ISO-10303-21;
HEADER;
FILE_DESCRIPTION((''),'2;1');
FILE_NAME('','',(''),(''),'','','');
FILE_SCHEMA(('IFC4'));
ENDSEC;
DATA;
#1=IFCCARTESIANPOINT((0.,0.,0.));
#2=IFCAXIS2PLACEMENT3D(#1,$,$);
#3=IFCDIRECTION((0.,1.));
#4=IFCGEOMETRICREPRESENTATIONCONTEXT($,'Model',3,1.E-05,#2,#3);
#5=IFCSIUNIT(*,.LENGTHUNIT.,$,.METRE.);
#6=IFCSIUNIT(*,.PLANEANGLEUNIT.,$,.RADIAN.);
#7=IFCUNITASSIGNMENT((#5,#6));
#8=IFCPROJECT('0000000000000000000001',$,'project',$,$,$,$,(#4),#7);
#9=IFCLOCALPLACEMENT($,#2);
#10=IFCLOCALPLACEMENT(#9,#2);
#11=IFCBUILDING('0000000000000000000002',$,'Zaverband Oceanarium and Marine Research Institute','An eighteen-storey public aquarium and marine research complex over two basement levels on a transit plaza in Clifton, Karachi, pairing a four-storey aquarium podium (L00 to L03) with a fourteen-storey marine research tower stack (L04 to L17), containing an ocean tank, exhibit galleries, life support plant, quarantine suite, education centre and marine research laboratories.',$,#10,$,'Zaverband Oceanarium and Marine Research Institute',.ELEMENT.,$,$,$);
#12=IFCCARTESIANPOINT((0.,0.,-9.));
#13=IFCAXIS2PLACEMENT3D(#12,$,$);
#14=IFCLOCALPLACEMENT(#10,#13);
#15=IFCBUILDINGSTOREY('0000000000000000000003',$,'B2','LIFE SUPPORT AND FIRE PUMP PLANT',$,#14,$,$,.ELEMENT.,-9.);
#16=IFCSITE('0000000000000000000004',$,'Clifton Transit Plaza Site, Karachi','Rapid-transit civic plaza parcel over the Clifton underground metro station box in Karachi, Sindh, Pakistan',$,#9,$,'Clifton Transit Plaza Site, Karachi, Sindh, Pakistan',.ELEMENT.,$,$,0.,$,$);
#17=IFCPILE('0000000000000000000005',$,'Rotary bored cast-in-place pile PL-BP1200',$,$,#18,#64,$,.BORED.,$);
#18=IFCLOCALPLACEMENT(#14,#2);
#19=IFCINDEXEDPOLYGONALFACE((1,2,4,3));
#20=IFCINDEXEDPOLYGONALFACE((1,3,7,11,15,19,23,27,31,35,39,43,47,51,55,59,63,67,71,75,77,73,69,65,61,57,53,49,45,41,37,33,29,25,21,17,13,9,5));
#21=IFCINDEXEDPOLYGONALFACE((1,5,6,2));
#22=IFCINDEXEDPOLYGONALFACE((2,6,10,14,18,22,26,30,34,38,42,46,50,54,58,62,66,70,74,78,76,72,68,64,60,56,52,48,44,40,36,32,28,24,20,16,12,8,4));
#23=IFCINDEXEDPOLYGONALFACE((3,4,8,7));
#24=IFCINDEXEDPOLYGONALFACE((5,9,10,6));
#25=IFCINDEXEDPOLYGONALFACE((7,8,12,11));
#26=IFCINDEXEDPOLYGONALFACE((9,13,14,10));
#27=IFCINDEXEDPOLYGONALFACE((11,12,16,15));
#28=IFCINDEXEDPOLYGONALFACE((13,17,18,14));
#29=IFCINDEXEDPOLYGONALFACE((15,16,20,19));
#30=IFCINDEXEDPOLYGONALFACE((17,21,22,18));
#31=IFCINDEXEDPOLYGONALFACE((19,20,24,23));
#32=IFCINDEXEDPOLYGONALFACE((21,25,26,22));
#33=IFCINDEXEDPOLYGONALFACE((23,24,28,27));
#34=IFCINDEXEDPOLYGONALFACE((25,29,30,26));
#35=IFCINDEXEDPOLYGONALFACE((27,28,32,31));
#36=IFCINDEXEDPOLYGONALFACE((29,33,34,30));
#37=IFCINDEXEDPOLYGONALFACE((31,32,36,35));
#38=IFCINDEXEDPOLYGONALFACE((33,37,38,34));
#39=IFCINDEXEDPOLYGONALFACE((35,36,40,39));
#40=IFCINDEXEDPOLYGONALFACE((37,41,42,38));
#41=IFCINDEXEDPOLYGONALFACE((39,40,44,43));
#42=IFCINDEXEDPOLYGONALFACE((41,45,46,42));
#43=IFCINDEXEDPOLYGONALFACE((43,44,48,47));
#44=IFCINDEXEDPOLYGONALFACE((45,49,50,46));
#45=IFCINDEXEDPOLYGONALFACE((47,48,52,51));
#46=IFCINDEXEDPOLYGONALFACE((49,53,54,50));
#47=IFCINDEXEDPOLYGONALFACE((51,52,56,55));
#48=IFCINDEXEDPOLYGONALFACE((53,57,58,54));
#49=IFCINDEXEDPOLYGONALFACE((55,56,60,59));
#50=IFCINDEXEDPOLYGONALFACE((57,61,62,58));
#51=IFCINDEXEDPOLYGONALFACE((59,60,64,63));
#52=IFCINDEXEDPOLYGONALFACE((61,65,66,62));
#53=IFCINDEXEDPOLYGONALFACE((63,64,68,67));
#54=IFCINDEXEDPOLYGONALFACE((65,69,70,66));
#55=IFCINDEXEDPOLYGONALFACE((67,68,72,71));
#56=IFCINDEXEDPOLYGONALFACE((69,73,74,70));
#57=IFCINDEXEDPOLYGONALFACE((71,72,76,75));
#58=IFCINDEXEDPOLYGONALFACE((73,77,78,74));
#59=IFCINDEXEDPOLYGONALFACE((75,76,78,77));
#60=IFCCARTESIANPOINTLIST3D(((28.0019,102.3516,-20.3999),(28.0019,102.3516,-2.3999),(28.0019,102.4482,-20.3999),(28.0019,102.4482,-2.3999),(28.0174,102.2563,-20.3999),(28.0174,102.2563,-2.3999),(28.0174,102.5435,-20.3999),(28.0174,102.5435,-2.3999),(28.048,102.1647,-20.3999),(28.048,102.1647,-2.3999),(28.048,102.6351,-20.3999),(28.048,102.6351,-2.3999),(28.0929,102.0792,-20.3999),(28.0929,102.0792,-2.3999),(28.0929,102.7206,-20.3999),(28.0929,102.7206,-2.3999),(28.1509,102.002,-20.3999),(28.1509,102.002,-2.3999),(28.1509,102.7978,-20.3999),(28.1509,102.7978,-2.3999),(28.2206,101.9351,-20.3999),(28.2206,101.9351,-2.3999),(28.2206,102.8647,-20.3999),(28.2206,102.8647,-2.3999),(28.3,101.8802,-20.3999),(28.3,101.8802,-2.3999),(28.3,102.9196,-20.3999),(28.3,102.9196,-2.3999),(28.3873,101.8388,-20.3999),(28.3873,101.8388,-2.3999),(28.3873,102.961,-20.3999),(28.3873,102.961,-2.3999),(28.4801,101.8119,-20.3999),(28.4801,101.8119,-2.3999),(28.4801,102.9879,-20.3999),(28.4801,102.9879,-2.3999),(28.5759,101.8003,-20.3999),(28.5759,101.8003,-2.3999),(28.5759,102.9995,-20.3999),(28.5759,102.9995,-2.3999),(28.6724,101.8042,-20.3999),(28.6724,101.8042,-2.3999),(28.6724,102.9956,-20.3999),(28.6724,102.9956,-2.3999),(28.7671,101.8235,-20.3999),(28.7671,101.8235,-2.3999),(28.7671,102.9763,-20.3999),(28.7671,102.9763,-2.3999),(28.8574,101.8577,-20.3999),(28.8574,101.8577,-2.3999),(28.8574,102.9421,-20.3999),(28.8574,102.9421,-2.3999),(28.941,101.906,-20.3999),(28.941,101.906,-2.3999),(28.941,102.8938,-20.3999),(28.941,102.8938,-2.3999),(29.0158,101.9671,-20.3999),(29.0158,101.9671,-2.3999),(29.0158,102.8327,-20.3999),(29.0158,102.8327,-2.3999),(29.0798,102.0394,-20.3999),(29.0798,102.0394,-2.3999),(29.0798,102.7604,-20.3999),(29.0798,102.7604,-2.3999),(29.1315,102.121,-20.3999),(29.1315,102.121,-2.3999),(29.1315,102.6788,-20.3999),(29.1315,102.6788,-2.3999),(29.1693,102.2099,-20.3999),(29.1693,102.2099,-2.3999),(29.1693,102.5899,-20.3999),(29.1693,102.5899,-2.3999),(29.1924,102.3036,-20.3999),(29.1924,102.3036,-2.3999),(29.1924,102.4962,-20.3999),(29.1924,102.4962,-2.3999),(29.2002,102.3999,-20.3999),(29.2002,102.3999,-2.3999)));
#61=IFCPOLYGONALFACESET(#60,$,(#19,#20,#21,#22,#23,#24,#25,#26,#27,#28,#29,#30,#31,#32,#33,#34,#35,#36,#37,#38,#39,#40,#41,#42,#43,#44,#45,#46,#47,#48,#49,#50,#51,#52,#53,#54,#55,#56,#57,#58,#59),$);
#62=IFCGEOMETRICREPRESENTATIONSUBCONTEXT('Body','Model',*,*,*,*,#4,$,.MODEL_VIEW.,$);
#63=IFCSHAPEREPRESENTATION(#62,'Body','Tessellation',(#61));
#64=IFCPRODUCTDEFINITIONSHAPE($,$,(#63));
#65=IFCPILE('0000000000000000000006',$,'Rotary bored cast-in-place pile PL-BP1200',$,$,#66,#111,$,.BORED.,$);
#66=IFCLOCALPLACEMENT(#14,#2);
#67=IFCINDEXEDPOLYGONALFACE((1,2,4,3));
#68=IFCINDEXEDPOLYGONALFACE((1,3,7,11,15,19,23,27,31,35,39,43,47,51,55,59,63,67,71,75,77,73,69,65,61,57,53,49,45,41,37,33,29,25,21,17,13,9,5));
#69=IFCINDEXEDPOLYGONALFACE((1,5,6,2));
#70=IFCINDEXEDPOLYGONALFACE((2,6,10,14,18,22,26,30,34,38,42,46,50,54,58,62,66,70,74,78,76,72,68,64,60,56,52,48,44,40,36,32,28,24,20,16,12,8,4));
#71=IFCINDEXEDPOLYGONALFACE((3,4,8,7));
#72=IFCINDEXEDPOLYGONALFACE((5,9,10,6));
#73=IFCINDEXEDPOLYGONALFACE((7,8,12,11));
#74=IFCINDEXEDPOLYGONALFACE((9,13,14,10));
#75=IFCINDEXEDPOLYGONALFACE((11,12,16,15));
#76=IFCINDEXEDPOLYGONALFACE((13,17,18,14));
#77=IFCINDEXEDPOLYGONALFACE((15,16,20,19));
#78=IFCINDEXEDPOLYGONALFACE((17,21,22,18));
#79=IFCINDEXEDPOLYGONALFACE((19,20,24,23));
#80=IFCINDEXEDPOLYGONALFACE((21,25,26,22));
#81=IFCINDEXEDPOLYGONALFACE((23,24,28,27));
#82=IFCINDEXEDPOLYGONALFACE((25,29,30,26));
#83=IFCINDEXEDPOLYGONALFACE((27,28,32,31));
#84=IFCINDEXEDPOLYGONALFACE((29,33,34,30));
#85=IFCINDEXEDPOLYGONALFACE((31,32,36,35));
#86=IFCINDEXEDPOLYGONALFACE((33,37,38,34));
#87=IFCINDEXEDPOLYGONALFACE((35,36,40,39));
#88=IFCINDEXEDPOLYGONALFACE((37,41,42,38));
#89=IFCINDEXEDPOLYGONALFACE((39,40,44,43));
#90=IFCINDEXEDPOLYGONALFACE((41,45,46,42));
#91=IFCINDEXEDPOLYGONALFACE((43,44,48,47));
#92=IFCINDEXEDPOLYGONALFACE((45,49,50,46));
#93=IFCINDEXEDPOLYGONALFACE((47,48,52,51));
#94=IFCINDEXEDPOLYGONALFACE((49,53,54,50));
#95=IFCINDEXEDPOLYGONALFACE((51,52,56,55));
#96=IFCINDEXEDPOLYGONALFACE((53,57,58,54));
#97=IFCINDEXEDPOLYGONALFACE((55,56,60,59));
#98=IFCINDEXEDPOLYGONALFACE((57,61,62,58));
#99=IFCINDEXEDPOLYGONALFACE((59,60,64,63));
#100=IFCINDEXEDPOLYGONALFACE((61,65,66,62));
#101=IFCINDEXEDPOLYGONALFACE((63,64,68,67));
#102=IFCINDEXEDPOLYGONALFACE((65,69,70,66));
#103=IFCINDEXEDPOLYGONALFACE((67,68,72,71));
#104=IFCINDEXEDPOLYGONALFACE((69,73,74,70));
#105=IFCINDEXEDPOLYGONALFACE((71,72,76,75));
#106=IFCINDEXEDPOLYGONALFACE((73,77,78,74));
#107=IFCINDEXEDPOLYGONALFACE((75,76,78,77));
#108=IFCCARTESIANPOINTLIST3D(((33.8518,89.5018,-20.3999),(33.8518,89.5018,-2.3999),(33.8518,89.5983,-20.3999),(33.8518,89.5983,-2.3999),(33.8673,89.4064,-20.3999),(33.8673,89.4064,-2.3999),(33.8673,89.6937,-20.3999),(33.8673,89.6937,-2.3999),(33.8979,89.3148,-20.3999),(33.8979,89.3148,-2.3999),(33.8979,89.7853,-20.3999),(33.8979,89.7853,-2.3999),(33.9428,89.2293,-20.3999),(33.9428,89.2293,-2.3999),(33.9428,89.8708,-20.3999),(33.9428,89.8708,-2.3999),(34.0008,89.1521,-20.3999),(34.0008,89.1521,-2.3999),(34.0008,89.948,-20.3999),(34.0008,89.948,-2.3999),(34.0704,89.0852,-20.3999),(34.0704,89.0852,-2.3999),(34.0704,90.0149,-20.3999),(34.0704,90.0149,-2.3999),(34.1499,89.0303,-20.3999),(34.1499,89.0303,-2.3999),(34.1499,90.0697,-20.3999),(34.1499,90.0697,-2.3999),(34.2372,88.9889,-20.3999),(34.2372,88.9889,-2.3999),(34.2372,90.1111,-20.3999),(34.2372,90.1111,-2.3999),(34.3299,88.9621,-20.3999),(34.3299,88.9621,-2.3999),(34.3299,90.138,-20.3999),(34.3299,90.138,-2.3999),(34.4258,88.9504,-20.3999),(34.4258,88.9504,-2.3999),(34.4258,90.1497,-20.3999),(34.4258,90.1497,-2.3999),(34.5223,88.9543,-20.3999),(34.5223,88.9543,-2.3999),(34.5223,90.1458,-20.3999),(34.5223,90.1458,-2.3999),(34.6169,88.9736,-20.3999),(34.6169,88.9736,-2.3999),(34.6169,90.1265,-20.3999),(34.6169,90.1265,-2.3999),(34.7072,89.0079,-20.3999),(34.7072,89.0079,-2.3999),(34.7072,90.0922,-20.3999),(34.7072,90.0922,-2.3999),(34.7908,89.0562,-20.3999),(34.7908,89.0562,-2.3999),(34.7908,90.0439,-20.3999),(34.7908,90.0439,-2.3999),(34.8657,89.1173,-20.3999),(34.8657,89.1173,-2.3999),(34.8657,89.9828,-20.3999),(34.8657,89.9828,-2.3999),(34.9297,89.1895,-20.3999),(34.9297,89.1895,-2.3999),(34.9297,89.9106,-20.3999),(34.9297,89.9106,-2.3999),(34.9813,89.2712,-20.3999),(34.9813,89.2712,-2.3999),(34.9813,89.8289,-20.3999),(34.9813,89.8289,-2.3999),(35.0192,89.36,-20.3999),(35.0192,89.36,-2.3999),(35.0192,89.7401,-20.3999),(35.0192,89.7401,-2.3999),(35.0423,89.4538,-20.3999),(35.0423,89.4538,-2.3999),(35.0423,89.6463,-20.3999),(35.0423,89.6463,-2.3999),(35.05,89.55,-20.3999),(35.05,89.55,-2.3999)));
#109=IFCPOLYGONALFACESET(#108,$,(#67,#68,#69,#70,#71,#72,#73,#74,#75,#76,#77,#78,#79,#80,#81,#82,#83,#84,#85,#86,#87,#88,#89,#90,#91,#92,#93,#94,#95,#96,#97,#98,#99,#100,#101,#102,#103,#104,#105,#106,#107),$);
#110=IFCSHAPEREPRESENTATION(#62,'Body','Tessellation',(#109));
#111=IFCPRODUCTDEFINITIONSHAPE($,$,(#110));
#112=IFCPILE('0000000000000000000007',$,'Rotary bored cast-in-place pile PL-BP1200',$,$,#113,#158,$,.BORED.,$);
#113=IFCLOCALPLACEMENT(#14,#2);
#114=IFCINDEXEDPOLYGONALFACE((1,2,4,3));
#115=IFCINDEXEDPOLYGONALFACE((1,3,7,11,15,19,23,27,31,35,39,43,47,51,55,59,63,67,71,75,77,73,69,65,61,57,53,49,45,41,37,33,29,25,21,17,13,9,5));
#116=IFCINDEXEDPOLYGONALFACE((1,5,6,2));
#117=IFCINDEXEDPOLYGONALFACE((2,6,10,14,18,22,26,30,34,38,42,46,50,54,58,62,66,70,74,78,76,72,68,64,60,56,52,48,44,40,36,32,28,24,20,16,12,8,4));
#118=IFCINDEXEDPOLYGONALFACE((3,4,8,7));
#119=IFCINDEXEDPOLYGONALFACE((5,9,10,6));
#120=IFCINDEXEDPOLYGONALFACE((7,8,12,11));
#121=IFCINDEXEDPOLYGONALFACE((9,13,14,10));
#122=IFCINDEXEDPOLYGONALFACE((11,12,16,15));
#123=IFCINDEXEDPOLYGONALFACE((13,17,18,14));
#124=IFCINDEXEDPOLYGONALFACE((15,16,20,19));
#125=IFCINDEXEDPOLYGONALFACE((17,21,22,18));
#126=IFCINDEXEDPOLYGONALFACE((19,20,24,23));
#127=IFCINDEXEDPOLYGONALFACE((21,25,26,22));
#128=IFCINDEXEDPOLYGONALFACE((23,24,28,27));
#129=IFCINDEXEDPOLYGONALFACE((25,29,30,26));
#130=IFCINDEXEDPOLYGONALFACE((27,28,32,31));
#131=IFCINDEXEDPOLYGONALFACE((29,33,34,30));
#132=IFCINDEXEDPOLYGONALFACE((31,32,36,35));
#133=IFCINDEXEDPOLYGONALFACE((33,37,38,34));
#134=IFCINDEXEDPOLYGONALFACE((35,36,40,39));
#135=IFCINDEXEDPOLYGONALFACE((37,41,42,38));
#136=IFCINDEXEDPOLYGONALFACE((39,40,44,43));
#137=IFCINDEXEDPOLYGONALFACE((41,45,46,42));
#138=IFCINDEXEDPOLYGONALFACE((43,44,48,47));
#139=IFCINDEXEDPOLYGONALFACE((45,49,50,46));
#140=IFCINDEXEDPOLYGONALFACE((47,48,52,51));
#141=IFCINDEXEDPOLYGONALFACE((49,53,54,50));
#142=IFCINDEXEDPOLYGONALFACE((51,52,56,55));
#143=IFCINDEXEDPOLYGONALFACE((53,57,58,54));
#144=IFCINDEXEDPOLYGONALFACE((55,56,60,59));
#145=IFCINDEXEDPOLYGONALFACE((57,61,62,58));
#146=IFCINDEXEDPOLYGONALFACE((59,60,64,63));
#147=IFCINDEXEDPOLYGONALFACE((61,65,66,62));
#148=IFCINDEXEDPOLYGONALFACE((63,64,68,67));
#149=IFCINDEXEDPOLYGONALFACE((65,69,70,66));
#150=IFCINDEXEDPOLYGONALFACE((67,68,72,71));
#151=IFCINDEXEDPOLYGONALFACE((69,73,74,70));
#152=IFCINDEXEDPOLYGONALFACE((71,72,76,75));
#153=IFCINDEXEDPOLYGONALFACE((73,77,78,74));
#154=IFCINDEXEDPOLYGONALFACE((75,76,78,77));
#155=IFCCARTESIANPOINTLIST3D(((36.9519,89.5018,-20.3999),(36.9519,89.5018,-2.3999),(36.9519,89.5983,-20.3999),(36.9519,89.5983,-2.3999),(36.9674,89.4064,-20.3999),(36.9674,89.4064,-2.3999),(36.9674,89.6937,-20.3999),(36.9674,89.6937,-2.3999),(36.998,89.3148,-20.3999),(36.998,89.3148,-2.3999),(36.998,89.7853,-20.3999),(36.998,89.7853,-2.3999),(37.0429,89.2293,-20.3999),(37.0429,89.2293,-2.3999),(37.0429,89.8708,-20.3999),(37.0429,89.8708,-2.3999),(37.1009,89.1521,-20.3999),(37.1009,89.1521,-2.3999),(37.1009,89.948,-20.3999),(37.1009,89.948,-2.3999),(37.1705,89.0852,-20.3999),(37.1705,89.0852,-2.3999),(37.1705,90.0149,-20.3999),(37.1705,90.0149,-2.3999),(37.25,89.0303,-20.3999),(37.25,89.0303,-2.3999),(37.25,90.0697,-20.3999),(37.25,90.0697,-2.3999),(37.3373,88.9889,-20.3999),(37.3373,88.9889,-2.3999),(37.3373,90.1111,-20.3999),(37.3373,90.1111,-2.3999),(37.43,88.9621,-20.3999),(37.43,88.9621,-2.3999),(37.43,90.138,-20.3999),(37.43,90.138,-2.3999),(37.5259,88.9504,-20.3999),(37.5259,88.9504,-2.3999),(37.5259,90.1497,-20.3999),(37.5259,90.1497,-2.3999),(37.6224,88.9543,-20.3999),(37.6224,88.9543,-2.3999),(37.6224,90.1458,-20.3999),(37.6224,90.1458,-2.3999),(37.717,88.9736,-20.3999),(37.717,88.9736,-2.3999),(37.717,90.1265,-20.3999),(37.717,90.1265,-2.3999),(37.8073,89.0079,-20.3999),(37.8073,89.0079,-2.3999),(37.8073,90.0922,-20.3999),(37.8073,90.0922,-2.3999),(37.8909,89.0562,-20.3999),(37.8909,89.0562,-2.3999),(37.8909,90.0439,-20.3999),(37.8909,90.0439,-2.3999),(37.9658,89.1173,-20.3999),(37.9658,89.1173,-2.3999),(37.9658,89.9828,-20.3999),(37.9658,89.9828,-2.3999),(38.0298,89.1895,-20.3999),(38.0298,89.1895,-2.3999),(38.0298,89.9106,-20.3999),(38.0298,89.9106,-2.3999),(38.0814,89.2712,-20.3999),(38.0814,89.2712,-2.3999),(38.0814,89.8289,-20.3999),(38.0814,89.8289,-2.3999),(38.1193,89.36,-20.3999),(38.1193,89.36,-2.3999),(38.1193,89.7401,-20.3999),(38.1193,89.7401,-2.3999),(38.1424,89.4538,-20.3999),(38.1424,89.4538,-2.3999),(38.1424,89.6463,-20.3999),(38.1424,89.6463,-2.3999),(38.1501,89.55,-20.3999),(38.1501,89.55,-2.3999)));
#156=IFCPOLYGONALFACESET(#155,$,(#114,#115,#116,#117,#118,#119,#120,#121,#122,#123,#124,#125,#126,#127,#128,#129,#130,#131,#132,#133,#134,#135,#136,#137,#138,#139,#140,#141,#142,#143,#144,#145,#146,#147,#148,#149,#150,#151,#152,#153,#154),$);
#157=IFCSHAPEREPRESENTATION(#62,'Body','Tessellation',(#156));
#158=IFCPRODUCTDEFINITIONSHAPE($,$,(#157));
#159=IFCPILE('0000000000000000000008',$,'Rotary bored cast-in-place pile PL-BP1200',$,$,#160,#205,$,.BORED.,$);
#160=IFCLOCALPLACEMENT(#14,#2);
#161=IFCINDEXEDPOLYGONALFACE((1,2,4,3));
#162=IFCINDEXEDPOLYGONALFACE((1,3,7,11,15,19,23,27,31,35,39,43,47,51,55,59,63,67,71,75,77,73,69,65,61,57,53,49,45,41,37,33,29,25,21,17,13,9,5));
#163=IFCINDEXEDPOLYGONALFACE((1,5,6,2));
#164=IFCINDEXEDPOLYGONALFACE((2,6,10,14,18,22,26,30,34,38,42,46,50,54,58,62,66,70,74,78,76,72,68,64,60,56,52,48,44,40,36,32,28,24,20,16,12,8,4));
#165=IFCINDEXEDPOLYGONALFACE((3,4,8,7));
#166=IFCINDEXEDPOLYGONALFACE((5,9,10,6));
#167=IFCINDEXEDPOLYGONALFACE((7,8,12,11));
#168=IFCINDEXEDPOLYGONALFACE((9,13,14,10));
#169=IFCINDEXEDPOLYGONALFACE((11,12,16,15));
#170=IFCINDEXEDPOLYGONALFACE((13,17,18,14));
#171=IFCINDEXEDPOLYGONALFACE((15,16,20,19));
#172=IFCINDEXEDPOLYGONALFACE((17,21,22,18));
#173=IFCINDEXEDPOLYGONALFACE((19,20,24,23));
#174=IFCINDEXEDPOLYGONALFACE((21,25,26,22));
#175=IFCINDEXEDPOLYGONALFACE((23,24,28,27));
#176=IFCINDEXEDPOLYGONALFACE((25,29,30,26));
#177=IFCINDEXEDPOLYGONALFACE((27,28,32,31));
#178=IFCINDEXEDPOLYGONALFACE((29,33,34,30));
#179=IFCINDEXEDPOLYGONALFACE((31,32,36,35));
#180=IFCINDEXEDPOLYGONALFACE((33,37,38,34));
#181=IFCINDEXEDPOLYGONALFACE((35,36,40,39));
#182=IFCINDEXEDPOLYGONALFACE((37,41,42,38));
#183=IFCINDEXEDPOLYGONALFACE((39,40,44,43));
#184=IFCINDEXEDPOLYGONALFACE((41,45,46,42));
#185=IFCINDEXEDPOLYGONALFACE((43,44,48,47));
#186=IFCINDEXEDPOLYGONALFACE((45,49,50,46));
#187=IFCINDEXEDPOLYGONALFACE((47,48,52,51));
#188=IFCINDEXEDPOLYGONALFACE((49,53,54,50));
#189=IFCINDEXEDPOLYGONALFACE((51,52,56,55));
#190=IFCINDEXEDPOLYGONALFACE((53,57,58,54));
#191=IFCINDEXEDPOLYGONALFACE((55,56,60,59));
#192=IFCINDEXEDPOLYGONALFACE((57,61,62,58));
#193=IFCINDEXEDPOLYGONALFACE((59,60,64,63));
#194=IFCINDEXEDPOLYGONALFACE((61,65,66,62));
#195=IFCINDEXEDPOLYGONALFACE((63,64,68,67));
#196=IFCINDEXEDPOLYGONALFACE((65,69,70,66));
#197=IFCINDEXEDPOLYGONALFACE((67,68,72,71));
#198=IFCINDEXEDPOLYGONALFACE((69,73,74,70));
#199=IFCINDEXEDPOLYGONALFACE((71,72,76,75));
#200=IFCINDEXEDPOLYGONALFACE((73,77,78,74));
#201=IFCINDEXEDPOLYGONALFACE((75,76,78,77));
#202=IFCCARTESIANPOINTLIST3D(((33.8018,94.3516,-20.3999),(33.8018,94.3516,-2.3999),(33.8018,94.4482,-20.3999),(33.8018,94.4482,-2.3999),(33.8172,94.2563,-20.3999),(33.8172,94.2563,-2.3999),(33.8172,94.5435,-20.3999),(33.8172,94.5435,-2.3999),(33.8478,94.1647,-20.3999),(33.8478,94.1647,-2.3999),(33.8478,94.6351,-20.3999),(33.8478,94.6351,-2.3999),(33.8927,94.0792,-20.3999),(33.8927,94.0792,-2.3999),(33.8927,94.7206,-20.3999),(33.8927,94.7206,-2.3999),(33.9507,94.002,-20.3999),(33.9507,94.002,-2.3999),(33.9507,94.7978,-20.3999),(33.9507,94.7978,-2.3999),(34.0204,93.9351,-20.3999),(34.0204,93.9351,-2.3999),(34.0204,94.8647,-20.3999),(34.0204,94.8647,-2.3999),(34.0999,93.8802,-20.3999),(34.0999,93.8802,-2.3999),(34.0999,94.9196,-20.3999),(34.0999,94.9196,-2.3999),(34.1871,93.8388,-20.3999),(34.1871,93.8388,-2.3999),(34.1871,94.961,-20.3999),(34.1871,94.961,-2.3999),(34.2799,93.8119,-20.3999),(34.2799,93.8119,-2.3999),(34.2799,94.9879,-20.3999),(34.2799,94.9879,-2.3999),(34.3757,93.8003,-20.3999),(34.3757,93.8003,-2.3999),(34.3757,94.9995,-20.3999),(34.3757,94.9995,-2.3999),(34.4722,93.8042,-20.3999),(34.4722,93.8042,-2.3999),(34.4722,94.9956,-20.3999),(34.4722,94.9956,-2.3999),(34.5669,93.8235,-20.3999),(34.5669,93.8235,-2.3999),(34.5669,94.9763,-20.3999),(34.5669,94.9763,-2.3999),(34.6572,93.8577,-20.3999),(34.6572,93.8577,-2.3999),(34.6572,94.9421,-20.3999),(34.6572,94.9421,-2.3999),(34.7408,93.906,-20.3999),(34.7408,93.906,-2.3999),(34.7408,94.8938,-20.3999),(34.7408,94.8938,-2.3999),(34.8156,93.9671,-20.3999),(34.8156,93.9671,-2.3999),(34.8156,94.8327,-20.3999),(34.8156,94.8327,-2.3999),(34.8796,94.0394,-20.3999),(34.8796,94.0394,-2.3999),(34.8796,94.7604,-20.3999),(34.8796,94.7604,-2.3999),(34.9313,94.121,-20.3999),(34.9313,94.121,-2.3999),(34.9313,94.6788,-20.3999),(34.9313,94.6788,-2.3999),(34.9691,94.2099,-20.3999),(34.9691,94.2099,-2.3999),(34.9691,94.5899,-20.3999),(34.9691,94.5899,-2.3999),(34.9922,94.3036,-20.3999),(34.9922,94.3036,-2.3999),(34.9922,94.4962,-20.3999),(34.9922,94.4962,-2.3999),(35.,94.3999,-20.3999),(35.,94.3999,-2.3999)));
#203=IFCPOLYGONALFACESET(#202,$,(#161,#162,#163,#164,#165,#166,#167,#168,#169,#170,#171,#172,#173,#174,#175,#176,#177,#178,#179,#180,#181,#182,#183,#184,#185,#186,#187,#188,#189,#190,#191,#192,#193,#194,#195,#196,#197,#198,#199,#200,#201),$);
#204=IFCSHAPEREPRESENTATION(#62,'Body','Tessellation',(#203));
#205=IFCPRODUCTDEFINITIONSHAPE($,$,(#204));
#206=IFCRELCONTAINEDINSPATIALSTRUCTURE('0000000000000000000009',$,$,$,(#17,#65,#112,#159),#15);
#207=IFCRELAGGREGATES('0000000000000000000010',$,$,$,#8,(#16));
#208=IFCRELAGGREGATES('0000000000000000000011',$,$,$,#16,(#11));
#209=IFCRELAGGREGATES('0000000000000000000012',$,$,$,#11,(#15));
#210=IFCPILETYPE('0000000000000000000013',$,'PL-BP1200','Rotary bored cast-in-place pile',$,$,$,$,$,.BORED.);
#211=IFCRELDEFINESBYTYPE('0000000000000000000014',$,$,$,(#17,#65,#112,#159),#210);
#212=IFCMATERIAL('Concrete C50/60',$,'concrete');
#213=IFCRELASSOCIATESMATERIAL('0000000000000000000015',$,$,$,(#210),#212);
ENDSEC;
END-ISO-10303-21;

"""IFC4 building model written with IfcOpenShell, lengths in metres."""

from ifc_helpers import new_model, si_unit, direction, frame, origin, origin_2d, place, context, subcontext, project, spatial, circle, extrude, material, material_profile, profile_set, type_object, element, save


model = new_model("IFC4")

# Units and contexts
model_context = context("Model", 3, precision=1e-05, world=origin(), true_north=direction((0.0, 1.0)))
body_context = subcontext(model_context, "Body", "Model", "MODEL_VIEW")
ifc_project = project(units=[si_unit("LENGTHUNIT", "METRE"), si_unit("PLANEANGLEUNIT", "RADIAN")], contexts=[model_context])

# Site, building, storey
site_placement = place(None, origin())
site = spatial("IfcSite", under=ifc_project, at=site_placement, Name="Clifton Transit Plaza Site, Karachi", Description="Rapid-transit civic plaza parcel over the Clifton underground metro station box in Karachi, Sindh, Pakistan", LongName="Clifton Transit Plaza Site, Karachi, Sindh, Pakistan", CompositionType="ELEMENT", RefElevation=0.0)
building_placement = place(site_placement, origin())
building = spatial("IfcBuilding", under=site, at=building_placement, Name="Zaverband Oceanarium and Marine Research Institute", Description="An eighteen-storey public aquarium and marine research complex over two basement levels on a transit plaza in Clifton, Karachi, pairing a four-storey aquarium podium (L00 to L03) with a fourteen-storey marine research tower stack (L04 to L17), containing an ocean tank, exhibit galleries, life support plant, quarantine suite, education centre and marine research laboratories.", LongName="Zaverband Oceanarium and Marine Research Institute", CompositionType="ELEMENT")
storey_placement = place(building_placement, frame((0.0, 0.0, -9.0)))
storey = spatial("IfcBuildingStorey", under=building, at=storey_placement, Name="B2", Description="LIFE SUPPORT AND FIRE PUMP PLANT", CompositionType="ELEMENT", Elevation=-9.0)

# Shared definitions
ifc_material_1 = material(Name="Concrete C50/60", Category="concrete")

# Piles
ifc_material_profile_1 = material_profile(ifc_material_1, circle(Radius=0.6001, at=origin_2d()), Name="BP1200")
ifc_profile_set_1 = profile_set([ifc_material_profile_1], Name="Concrete C50/60")
pile_type = type_object("IfcPileType", Name="PL-BP1200", Description="Rotary bored cast-in-place pile", PredefinedType="BORED", material=ifc_profile_set_1)
for number, where, z_axis, x_axis, name in (
    (1, (28.6001, 102.3999, -2.3999), (0.0, 0.0, -1.0), (1.0, 0.0, 0.0), "Rotary bored cast-in-place pile PL-BP1200"),
    (2, (34.45, 89.55, -2.3999), (0.0, 0.0, -1.0), (1.0, 0.0, 0.0), "Rotary bored cast-in-place pile PL-BP1200"),
    (3, (37.55, 89.55, -2.3999), (0.0, 0.0, -1.0), (1.0, 0.0, 0.0), "Rotary bored cast-in-place pile PL-BP1200"),
    (4, (34.3999, 94.3999, -2.3999), (0.0, 0.0, -1.0), (1.0, 0.0, 0.0), "Rotary bored cast-in-place pile PL-BP1200"),
):
    element("IfcPile", number, at=place(storey_placement, frame(where, z_axis=z_axis, x_axis=x_axis)), inside=storey, type_object=pile_type, Name=name, PredefinedType="BORED", context=body_context, shape_type="SweptSolid", body=[
        extrude(circle(Radius=0.6001, at=origin_2d()), origin(), (0.0, 0.0, 1.0), 18.0),
    ])

save(model, "model.ifc")
